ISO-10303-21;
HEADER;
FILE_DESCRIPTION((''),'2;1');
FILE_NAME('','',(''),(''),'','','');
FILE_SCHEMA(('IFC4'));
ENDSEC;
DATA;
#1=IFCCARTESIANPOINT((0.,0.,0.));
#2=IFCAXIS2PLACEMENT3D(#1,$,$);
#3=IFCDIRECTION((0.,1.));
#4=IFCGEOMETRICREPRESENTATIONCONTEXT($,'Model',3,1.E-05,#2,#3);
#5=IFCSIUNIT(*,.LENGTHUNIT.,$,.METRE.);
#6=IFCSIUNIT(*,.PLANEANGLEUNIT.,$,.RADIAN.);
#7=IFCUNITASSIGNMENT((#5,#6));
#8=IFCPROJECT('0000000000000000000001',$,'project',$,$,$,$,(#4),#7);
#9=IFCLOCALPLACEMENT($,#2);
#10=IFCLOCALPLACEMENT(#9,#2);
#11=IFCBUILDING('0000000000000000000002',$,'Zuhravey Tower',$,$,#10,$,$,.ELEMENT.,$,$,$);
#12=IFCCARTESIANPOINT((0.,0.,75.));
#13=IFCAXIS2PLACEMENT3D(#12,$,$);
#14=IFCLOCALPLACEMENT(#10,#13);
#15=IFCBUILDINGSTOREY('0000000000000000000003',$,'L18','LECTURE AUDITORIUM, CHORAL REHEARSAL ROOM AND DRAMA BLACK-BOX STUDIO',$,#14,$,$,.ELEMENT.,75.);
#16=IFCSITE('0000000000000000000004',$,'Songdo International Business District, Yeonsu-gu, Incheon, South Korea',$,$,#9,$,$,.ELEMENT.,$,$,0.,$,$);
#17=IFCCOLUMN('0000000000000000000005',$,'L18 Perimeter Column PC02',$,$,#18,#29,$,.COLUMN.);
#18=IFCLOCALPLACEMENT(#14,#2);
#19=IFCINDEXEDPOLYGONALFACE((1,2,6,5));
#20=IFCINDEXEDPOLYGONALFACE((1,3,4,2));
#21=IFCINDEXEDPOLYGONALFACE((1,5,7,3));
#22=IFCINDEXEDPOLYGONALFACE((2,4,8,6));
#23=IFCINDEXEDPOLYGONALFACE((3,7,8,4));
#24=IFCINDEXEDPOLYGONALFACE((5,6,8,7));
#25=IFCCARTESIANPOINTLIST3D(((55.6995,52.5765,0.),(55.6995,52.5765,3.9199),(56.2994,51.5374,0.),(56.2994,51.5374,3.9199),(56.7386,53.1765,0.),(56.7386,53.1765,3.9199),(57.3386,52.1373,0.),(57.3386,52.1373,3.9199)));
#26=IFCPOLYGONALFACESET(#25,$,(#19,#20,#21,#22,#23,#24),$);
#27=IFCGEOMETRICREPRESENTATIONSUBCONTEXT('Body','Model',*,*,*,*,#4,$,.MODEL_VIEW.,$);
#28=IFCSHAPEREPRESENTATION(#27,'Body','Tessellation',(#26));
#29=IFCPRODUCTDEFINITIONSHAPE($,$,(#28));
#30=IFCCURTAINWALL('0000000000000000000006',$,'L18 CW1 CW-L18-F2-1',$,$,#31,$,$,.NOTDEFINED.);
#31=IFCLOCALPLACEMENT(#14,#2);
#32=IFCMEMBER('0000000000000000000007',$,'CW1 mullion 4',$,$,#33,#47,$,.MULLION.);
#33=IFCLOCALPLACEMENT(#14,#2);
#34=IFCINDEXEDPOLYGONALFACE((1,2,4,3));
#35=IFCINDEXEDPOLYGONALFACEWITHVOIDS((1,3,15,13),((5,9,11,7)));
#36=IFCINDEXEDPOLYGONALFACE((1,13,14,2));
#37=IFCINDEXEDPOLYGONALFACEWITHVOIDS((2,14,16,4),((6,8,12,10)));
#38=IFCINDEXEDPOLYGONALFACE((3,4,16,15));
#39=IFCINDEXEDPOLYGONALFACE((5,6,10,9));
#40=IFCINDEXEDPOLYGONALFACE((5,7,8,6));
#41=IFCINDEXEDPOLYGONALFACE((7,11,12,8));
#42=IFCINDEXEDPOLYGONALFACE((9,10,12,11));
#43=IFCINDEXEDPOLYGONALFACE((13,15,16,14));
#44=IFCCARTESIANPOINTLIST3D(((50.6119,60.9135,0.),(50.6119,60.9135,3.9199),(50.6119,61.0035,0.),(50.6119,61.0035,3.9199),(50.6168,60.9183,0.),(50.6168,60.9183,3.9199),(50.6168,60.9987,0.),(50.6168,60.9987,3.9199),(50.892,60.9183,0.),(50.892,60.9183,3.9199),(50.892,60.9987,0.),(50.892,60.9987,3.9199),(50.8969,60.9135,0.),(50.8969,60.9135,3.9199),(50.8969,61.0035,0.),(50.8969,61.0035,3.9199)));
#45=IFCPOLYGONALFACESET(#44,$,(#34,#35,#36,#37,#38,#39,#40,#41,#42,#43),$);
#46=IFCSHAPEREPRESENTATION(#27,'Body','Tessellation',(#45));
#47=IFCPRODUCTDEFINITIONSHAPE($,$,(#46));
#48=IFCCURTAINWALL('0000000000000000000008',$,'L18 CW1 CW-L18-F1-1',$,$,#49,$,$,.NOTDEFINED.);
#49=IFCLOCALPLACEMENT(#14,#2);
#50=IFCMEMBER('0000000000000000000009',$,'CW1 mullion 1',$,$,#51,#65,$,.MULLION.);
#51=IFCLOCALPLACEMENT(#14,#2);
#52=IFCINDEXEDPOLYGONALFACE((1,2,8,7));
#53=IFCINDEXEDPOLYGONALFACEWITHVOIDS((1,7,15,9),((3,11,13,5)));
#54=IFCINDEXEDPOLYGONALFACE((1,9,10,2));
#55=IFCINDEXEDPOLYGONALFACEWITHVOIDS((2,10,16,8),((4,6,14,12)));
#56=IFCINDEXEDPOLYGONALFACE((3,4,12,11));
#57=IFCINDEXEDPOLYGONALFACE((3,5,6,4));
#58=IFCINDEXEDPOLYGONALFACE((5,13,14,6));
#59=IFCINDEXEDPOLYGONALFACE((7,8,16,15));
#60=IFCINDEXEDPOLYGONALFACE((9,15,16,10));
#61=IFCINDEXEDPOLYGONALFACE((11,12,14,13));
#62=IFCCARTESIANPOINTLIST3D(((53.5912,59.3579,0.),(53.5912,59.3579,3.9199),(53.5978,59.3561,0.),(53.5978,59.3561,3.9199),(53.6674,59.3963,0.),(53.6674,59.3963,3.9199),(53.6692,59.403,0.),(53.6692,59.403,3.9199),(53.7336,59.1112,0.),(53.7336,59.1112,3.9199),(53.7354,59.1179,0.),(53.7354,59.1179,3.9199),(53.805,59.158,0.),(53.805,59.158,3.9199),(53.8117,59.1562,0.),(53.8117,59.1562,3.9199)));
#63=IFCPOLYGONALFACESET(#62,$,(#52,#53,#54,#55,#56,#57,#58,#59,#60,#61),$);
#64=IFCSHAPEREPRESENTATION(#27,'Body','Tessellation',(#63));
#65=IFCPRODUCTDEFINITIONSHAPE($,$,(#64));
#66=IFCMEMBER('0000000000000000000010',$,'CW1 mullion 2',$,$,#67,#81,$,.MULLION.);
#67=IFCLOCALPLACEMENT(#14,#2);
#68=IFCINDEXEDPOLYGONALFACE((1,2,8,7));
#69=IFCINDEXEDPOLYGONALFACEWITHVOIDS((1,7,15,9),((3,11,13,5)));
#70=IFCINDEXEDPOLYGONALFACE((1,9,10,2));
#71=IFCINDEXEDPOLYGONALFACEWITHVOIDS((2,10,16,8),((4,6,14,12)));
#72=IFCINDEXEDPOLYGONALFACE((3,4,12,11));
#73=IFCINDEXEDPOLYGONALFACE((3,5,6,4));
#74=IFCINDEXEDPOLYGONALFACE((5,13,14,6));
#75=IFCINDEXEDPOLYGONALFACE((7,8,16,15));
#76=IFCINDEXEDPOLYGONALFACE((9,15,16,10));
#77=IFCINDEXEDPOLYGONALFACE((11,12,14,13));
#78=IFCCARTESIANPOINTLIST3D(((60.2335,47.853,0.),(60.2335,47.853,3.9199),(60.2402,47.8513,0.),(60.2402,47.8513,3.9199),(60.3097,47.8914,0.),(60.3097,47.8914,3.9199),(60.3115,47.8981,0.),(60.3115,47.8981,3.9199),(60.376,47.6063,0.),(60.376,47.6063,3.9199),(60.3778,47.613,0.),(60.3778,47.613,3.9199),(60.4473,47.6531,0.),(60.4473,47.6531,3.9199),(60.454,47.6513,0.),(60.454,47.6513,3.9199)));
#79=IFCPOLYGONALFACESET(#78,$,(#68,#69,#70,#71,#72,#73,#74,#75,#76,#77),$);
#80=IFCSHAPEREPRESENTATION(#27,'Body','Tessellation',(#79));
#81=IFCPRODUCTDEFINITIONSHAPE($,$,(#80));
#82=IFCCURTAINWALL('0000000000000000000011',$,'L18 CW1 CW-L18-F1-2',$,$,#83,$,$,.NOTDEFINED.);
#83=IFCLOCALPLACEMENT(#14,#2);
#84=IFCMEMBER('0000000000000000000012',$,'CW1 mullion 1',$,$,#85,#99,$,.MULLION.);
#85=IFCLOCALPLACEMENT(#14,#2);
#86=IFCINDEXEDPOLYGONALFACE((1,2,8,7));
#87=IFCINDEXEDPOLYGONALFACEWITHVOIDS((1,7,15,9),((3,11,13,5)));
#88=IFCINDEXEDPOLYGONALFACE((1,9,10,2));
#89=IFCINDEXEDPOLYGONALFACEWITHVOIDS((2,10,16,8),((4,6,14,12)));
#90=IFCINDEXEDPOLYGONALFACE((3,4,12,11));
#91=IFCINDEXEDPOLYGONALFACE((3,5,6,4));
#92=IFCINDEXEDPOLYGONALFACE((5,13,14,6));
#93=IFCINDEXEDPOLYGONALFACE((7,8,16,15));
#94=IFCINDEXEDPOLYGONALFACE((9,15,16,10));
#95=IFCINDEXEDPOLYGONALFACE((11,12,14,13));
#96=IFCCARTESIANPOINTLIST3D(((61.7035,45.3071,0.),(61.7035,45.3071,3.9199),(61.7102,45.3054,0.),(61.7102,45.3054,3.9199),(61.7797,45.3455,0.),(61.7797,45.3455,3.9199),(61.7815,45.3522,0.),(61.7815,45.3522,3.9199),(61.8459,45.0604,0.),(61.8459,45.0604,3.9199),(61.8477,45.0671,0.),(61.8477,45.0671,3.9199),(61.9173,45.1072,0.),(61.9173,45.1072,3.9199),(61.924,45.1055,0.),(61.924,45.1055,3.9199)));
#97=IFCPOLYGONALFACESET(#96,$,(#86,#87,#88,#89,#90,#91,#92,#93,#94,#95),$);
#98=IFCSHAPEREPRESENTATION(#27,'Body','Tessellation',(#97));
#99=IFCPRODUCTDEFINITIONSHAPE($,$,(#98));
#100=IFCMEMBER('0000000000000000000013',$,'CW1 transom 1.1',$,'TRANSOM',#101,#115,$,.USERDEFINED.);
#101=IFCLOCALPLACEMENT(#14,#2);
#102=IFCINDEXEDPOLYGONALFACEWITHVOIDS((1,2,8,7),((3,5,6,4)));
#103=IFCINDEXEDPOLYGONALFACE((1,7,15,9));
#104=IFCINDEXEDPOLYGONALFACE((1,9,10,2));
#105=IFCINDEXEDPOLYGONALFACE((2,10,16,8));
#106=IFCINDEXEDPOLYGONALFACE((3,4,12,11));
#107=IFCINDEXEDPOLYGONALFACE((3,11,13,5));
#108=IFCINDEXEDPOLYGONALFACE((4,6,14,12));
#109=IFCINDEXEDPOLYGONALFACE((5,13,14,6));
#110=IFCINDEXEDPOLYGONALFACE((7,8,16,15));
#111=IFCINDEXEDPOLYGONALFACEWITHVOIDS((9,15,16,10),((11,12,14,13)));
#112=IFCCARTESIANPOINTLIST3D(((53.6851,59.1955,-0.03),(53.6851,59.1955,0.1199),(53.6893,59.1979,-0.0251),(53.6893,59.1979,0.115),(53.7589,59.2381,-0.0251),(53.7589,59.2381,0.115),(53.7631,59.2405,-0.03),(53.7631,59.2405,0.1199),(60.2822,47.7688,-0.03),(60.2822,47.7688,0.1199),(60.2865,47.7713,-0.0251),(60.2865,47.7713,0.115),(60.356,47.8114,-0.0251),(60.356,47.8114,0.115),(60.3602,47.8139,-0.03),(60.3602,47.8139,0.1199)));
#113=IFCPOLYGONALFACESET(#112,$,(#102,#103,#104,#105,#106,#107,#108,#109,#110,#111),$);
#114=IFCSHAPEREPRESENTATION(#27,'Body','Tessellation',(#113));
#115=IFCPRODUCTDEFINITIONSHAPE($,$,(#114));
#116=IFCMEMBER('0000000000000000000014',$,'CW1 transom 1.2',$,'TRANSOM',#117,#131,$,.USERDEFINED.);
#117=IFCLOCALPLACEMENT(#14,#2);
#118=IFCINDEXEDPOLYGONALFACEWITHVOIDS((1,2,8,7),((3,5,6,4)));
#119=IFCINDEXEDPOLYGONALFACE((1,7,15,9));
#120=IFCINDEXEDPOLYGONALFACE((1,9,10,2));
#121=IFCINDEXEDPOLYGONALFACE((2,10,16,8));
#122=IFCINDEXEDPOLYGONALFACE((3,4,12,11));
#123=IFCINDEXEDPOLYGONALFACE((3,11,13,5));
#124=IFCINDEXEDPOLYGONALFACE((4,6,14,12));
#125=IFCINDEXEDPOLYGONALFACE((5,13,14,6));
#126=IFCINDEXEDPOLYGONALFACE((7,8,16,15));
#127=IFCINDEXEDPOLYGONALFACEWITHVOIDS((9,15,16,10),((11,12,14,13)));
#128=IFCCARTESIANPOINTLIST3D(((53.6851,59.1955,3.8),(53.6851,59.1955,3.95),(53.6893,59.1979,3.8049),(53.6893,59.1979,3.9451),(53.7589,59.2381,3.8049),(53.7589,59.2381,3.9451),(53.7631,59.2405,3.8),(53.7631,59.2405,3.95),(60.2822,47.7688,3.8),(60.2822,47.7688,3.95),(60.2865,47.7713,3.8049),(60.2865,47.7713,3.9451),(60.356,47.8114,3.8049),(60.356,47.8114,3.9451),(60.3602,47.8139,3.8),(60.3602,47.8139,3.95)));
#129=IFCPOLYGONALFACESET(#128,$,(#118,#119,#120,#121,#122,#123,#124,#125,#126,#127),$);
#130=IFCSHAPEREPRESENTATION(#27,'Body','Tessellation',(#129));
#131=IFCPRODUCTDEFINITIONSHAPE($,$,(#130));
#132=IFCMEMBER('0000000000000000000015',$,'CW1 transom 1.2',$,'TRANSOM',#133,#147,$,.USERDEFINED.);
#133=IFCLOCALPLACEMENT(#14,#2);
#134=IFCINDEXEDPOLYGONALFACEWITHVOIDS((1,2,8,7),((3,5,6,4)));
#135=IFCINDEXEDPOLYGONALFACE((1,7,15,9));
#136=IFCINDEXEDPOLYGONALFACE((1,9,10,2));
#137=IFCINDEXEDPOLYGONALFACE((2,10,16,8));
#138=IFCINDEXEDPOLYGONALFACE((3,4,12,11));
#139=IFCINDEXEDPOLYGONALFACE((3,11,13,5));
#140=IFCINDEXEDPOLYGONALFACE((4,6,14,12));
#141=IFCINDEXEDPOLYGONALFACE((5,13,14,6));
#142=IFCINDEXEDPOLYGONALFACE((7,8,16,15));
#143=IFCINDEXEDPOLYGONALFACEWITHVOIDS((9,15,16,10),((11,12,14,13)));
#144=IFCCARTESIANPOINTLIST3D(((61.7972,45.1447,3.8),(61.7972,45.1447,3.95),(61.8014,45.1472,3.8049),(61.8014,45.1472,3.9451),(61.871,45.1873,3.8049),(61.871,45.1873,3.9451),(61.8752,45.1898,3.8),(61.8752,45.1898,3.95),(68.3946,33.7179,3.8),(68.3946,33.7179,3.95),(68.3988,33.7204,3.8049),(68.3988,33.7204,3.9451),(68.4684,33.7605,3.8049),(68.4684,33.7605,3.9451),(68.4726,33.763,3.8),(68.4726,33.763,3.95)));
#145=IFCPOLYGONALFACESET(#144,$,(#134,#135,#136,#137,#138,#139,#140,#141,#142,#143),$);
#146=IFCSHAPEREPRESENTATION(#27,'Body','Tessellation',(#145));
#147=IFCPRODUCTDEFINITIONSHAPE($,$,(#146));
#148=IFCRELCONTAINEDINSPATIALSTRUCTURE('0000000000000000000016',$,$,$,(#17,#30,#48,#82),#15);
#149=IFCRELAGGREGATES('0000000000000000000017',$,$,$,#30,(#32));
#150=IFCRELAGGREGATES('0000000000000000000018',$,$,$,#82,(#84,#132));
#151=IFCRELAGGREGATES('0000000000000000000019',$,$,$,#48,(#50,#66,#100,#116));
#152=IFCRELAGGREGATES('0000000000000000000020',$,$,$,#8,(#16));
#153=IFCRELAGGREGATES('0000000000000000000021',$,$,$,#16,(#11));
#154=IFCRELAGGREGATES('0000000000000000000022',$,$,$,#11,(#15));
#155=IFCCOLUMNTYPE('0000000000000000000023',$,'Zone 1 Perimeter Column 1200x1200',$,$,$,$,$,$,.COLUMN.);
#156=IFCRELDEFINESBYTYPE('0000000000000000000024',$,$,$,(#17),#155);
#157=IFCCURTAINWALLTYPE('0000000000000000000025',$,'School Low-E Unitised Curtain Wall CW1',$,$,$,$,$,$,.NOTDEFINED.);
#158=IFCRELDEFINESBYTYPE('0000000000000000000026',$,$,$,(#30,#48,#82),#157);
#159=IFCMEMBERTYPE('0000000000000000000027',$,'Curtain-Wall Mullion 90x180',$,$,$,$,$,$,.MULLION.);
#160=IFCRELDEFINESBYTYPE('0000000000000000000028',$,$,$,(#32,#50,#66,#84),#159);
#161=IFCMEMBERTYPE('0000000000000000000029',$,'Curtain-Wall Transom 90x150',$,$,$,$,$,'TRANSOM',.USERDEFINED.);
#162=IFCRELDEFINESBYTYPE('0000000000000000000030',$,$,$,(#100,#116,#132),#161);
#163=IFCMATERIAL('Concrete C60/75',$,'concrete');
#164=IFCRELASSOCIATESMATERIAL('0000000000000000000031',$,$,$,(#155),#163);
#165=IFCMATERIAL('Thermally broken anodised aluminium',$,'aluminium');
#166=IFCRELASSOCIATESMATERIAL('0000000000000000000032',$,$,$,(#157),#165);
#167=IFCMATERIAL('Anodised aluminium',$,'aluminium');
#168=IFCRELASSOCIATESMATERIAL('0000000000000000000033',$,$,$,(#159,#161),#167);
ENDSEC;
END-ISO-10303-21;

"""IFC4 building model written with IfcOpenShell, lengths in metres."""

from ifc_helpers import new_model, si_unit, direction, frame, origin, origin_2d, place, context, subcontext, project, spatial, rectangle, hollow_rectangle, extrude, material, material_profile, profile_set, type_object, element, aggregate, save


model = new_model("IFC4")

# Units and contexts
model_context = context("Model", 3, precision=1e-05, world=origin(), true_north=direction((0.0, 1.0)))
body_context = subcontext(model_context, "Body", "Model", "MODEL_VIEW")
ifc_project = project(units=[si_unit("LENGTHUNIT", "METRE"), si_unit("PLANEANGLEUNIT", "RADIAN")], contexts=[model_context])

# Site, building, storey
site_placement = place(None, origin())
site = spatial("IfcSite", under=ifc_project, at=site_placement, Name="Songdo International Business District, Yeonsu-gu, Incheon, South Korea", CompositionType="ELEMENT", RefElevation=0.0)
building_placement = place(site_placement, origin())
building = spatial("IfcBuilding", under=site, at=building_placement, Name="Zuhravey Tower", CompositionType="ELEMENT")
storey_placement = place(building_placement, frame((0.0, 0.0, 75.0)))
storey = spatial("IfcBuildingStorey", under=building, at=storey_placement, Name="L18", Description="LECTURE AUDITORIUM, CHORAL REHEARSAL ROOM AND DRAMA BLACK-BOX STUDIO", CompositionType="ELEMENT", Elevation=75.0)

# Column
ifc_material_1 = material(Name="Concrete C60/75", Category="concrete")
ifc_material_profile_1 = material_profile(ifc_material_1, rectangle(XDim=1.2, YDim=1.2, at=origin_2d()), Name="RC-1200x1200")
ifc_profile_set_1 = profile_set([ifc_material_profile_1], Name="Concrete C60/75")
column_type = type_object("IfcColumnType", Name="Zone 1 Perimeter Column 1200x1200", PredefinedType="COLUMN", material=ifc_profile_set_1)
column_placement = place(storey_placement, frame((56.519, 52.3569, 0.0), z_axis=(0.0, 0.0, 1.0), x_axis=(-0.5, 0.866025, 0.0)))
element("IfcColumn", 1, at=column_placement, inside=storey, type_object=column_type, Name="L18 Perimeter Column PC02", PredefinedType="COLUMN", context=body_context, shape_type="SweptSolid", body=[
    extrude(rectangle(XDim=1.2, YDim=1.2, at=origin_2d()), origin(), (0.0, 0.0, 1.0), 3.9199),
])

# Curtain wall, member
ifc_material_2 = material(Name="Thermally broken anodised aluminium", Category="aluminium")
curtain_wall_type = type_object("IfcCurtainWallType", Name="School Low-E Unitised Curtain Wall CW1", PredefinedType="NOTDEFINED", material=ifc_material_2)
curtain_wall_1_placement = place(storey_placement, origin())
curtain_wall_1 = element("IfcCurtainWall", 2, at=curtain_wall_1_placement, inside=storey, type_object=curtain_wall_type, Name="L18 CW1 CW-L18-F2-1", PredefinedType="NOTDEFINED")
ifc_material_3 = material(Name="Anodised aluminium", Category="aluminium")
ifc_material_profile_2 = material_profile(ifc_material_3, hollow_rectangle(XDim=0.0901, YDim=0.2849, WallThickness=0.0049, at=origin_2d()), Name="ALU-RHS-90x285x5")
ifc_profile_set_2 = profile_set([ifc_material_profile_2], Name="Anodised aluminium")
member_type_1 = type_object("IfcMemberType", Name="Curtain-Wall Mullion 90x180", PredefinedType="MULLION", material=ifc_profile_set_2)
member_1_placement = place(storey_placement, frame((50.7544, 60.9585, 0.0), z_axis=(0.0, 0.0, 1.0), x_axis=(0.0, 1.0, 0.0)))
member_1 = element("IfcMember", 3, at=member_1_placement, type_object=member_type_1, Name="CW1 mullion 4", PredefinedType="MULLION", context=body_context, shape_type="SweptSolid", body=[
    extrude(hollow_rectangle(XDim=0.0901, YDim=0.2849, WallThickness=0.0049, at=origin_2d()), origin(), (0.0, 0.0, 1.0), 3.9199),
])
aggregate(curtain_wall_1, [member_1])

# Curtain wall, members
curtain_wall_2_placement = place(storey_placement, origin())
curtain_wall_2 = element("IfcCurtainWall", 4, at=curtain_wall_2_placement, inside=storey, type_object=curtain_wall_type, Name="L18 CW1 CW-L18-F1-1", PredefinedType="NOTDEFINED")
member_2_placement = place(storey_placement, frame((53.7014, 59.2571, 0.0), z_axis=(0.0, 0.0, 1.0), x_axis=(0.866028, 0.499996, 0.0)))
member_2 = element("IfcMember", 5, at=member_2_placement, type_object=member_type_1, Name="CW1 mullion 1", PredefinedType="MULLION", context=body_context, shape_type="SweptSolid", body=[
    extrude(hollow_rectangle(XDim=0.0901, YDim=0.2849, WallThickness=0.0049, at=origin_2d()), origin(), (0.0, 0.0, 1.0), 3.9199),
])
member_3_placement = place(storey_placement, frame((60.3438, 47.7522, 0.0), z_axis=(0.0, 0.0, 1.0), x_axis=(0.866028, 0.499996, 0.0)))
member_3 = element("IfcMember", 6, at=member_3_placement, type_object=member_type_1, Name="CW1 mullion 2", PredefinedType="MULLION", context=body_context, shape_type="SweptSolid", body=[
    extrude(hollow_rectangle(XDim=0.0901, YDim=0.2849, WallThickness=0.0049, at=origin_2d()), origin(), (0.0, 0.0, 1.0), 3.9199),
])

# Curtain wall, member
curtain_wall_3_placement = place(storey_placement, origin())
curtain_wall_3 = element("IfcCurtainWall", 7, at=curtain_wall_3_placement, inside=storey, type_object=curtain_wall_type, Name="L18 CW1 CW-L18-F1-2", PredefinedType="NOTDEFINED")
member_4_placement = place(storey_placement, frame((61.8137, 45.2063, 0.0), z_axis=(0.0, 0.0, 1.0), x_axis=(0.866025, 0.500001, 0.0)))
member_4 = element("IfcMember", 8, at=member_4_placement, type_object=member_type_1, Name="CW1 mullion 1", PredefinedType="MULLION", context=body_context, shape_type="SweptSolid", body=[
    extrude(hollow_rectangle(XDim=0.0901, YDim=0.2849, WallThickness=0.0049, at=origin_2d()), origin(), (0.0, 0.0, 1.0), 3.9199),
])

# Members
ifc_material_profile_3 = material_profile(ifc_material_3, hollow_rectangle(XDim=0.0901, YDim=0.1499, WallThickness=0.0049, at=origin_2d()), Name="ALU-RHS-90x150x5")
ifc_profile_set_3 = profile_set([ifc_material_profile_3], Name="Anodised aluminium")
member_type_2 = type_object("IfcMemberType", Name="Curtain-Wall Transom 90x150", ElementType="TRANSOM", PredefinedType="USERDEFINED", material=ifc_profile_set_3)
member_5_placement = place(storey_placement, frame((53.7241, 59.218, 0.0449), z_axis=(0.499996, -0.866028, 0.0), x_axis=(0.866028, 0.499996, 0.0)))
member_5 = element("IfcMember", 9, at=member_5_placement, type_object=member_type_2, Name="CW1 transom 1.1", ObjectType="TRANSOM", PredefinedType="USERDEFINED", context=body_context, shape_type="SweptSolid", body=[
    extrude(hollow_rectangle(XDim=0.0901, YDim=0.1499, WallThickness=0.0049, at=origin_2d()), origin(), (0.0, 0.0, 1.0), 13.1943),
])
member_6_placement = place(storey_placement, frame((53.7241, 59.218, 3.875), z_axis=(0.499996, -0.866028, 0.0), x_axis=(0.866028, 0.499996, 0.0)))
member_6 = element("IfcMember", 10, at=member_6_placement, type_object=member_type_2, Name="CW1 transom 1.2", ObjectType="TRANSOM", PredefinedType="USERDEFINED", context=body_context, shape_type="SweptSolid", body=[
    extrude(hollow_rectangle(XDim=0.0901, YDim=0.1499, WallThickness=0.0049, at=origin_2d()), origin(), (0.0, 0.0, 1.0), 13.1943),
])
member_7_placement = place(storey_placement, frame((61.8362, 45.1672, 3.875), z_axis=(0.50001, -0.86602, 0.0), x_axis=(0.86602, 0.50001, 0.0)))
member_7 = element("IfcMember", 11, at=member_7_placement, type_object=member_type_2, Name="CW1 transom 1.2", ObjectType="TRANSOM", PredefinedType="USERDEFINED", context=body_context, shape_type="SweptSolid", body=[
    extrude(hollow_rectangle(XDim=0.0901, YDim=0.1499, WallThickness=0.0049, at=origin_2d()), origin(), (0.0, 0.0, 1.0), 13.1946),
])
aggregate(curtain_wall_3, [member_4, member_7])

aggregate(curtain_wall_2, [member_2, member_3, member_5, member_6])

save(model, "model.ifc")
